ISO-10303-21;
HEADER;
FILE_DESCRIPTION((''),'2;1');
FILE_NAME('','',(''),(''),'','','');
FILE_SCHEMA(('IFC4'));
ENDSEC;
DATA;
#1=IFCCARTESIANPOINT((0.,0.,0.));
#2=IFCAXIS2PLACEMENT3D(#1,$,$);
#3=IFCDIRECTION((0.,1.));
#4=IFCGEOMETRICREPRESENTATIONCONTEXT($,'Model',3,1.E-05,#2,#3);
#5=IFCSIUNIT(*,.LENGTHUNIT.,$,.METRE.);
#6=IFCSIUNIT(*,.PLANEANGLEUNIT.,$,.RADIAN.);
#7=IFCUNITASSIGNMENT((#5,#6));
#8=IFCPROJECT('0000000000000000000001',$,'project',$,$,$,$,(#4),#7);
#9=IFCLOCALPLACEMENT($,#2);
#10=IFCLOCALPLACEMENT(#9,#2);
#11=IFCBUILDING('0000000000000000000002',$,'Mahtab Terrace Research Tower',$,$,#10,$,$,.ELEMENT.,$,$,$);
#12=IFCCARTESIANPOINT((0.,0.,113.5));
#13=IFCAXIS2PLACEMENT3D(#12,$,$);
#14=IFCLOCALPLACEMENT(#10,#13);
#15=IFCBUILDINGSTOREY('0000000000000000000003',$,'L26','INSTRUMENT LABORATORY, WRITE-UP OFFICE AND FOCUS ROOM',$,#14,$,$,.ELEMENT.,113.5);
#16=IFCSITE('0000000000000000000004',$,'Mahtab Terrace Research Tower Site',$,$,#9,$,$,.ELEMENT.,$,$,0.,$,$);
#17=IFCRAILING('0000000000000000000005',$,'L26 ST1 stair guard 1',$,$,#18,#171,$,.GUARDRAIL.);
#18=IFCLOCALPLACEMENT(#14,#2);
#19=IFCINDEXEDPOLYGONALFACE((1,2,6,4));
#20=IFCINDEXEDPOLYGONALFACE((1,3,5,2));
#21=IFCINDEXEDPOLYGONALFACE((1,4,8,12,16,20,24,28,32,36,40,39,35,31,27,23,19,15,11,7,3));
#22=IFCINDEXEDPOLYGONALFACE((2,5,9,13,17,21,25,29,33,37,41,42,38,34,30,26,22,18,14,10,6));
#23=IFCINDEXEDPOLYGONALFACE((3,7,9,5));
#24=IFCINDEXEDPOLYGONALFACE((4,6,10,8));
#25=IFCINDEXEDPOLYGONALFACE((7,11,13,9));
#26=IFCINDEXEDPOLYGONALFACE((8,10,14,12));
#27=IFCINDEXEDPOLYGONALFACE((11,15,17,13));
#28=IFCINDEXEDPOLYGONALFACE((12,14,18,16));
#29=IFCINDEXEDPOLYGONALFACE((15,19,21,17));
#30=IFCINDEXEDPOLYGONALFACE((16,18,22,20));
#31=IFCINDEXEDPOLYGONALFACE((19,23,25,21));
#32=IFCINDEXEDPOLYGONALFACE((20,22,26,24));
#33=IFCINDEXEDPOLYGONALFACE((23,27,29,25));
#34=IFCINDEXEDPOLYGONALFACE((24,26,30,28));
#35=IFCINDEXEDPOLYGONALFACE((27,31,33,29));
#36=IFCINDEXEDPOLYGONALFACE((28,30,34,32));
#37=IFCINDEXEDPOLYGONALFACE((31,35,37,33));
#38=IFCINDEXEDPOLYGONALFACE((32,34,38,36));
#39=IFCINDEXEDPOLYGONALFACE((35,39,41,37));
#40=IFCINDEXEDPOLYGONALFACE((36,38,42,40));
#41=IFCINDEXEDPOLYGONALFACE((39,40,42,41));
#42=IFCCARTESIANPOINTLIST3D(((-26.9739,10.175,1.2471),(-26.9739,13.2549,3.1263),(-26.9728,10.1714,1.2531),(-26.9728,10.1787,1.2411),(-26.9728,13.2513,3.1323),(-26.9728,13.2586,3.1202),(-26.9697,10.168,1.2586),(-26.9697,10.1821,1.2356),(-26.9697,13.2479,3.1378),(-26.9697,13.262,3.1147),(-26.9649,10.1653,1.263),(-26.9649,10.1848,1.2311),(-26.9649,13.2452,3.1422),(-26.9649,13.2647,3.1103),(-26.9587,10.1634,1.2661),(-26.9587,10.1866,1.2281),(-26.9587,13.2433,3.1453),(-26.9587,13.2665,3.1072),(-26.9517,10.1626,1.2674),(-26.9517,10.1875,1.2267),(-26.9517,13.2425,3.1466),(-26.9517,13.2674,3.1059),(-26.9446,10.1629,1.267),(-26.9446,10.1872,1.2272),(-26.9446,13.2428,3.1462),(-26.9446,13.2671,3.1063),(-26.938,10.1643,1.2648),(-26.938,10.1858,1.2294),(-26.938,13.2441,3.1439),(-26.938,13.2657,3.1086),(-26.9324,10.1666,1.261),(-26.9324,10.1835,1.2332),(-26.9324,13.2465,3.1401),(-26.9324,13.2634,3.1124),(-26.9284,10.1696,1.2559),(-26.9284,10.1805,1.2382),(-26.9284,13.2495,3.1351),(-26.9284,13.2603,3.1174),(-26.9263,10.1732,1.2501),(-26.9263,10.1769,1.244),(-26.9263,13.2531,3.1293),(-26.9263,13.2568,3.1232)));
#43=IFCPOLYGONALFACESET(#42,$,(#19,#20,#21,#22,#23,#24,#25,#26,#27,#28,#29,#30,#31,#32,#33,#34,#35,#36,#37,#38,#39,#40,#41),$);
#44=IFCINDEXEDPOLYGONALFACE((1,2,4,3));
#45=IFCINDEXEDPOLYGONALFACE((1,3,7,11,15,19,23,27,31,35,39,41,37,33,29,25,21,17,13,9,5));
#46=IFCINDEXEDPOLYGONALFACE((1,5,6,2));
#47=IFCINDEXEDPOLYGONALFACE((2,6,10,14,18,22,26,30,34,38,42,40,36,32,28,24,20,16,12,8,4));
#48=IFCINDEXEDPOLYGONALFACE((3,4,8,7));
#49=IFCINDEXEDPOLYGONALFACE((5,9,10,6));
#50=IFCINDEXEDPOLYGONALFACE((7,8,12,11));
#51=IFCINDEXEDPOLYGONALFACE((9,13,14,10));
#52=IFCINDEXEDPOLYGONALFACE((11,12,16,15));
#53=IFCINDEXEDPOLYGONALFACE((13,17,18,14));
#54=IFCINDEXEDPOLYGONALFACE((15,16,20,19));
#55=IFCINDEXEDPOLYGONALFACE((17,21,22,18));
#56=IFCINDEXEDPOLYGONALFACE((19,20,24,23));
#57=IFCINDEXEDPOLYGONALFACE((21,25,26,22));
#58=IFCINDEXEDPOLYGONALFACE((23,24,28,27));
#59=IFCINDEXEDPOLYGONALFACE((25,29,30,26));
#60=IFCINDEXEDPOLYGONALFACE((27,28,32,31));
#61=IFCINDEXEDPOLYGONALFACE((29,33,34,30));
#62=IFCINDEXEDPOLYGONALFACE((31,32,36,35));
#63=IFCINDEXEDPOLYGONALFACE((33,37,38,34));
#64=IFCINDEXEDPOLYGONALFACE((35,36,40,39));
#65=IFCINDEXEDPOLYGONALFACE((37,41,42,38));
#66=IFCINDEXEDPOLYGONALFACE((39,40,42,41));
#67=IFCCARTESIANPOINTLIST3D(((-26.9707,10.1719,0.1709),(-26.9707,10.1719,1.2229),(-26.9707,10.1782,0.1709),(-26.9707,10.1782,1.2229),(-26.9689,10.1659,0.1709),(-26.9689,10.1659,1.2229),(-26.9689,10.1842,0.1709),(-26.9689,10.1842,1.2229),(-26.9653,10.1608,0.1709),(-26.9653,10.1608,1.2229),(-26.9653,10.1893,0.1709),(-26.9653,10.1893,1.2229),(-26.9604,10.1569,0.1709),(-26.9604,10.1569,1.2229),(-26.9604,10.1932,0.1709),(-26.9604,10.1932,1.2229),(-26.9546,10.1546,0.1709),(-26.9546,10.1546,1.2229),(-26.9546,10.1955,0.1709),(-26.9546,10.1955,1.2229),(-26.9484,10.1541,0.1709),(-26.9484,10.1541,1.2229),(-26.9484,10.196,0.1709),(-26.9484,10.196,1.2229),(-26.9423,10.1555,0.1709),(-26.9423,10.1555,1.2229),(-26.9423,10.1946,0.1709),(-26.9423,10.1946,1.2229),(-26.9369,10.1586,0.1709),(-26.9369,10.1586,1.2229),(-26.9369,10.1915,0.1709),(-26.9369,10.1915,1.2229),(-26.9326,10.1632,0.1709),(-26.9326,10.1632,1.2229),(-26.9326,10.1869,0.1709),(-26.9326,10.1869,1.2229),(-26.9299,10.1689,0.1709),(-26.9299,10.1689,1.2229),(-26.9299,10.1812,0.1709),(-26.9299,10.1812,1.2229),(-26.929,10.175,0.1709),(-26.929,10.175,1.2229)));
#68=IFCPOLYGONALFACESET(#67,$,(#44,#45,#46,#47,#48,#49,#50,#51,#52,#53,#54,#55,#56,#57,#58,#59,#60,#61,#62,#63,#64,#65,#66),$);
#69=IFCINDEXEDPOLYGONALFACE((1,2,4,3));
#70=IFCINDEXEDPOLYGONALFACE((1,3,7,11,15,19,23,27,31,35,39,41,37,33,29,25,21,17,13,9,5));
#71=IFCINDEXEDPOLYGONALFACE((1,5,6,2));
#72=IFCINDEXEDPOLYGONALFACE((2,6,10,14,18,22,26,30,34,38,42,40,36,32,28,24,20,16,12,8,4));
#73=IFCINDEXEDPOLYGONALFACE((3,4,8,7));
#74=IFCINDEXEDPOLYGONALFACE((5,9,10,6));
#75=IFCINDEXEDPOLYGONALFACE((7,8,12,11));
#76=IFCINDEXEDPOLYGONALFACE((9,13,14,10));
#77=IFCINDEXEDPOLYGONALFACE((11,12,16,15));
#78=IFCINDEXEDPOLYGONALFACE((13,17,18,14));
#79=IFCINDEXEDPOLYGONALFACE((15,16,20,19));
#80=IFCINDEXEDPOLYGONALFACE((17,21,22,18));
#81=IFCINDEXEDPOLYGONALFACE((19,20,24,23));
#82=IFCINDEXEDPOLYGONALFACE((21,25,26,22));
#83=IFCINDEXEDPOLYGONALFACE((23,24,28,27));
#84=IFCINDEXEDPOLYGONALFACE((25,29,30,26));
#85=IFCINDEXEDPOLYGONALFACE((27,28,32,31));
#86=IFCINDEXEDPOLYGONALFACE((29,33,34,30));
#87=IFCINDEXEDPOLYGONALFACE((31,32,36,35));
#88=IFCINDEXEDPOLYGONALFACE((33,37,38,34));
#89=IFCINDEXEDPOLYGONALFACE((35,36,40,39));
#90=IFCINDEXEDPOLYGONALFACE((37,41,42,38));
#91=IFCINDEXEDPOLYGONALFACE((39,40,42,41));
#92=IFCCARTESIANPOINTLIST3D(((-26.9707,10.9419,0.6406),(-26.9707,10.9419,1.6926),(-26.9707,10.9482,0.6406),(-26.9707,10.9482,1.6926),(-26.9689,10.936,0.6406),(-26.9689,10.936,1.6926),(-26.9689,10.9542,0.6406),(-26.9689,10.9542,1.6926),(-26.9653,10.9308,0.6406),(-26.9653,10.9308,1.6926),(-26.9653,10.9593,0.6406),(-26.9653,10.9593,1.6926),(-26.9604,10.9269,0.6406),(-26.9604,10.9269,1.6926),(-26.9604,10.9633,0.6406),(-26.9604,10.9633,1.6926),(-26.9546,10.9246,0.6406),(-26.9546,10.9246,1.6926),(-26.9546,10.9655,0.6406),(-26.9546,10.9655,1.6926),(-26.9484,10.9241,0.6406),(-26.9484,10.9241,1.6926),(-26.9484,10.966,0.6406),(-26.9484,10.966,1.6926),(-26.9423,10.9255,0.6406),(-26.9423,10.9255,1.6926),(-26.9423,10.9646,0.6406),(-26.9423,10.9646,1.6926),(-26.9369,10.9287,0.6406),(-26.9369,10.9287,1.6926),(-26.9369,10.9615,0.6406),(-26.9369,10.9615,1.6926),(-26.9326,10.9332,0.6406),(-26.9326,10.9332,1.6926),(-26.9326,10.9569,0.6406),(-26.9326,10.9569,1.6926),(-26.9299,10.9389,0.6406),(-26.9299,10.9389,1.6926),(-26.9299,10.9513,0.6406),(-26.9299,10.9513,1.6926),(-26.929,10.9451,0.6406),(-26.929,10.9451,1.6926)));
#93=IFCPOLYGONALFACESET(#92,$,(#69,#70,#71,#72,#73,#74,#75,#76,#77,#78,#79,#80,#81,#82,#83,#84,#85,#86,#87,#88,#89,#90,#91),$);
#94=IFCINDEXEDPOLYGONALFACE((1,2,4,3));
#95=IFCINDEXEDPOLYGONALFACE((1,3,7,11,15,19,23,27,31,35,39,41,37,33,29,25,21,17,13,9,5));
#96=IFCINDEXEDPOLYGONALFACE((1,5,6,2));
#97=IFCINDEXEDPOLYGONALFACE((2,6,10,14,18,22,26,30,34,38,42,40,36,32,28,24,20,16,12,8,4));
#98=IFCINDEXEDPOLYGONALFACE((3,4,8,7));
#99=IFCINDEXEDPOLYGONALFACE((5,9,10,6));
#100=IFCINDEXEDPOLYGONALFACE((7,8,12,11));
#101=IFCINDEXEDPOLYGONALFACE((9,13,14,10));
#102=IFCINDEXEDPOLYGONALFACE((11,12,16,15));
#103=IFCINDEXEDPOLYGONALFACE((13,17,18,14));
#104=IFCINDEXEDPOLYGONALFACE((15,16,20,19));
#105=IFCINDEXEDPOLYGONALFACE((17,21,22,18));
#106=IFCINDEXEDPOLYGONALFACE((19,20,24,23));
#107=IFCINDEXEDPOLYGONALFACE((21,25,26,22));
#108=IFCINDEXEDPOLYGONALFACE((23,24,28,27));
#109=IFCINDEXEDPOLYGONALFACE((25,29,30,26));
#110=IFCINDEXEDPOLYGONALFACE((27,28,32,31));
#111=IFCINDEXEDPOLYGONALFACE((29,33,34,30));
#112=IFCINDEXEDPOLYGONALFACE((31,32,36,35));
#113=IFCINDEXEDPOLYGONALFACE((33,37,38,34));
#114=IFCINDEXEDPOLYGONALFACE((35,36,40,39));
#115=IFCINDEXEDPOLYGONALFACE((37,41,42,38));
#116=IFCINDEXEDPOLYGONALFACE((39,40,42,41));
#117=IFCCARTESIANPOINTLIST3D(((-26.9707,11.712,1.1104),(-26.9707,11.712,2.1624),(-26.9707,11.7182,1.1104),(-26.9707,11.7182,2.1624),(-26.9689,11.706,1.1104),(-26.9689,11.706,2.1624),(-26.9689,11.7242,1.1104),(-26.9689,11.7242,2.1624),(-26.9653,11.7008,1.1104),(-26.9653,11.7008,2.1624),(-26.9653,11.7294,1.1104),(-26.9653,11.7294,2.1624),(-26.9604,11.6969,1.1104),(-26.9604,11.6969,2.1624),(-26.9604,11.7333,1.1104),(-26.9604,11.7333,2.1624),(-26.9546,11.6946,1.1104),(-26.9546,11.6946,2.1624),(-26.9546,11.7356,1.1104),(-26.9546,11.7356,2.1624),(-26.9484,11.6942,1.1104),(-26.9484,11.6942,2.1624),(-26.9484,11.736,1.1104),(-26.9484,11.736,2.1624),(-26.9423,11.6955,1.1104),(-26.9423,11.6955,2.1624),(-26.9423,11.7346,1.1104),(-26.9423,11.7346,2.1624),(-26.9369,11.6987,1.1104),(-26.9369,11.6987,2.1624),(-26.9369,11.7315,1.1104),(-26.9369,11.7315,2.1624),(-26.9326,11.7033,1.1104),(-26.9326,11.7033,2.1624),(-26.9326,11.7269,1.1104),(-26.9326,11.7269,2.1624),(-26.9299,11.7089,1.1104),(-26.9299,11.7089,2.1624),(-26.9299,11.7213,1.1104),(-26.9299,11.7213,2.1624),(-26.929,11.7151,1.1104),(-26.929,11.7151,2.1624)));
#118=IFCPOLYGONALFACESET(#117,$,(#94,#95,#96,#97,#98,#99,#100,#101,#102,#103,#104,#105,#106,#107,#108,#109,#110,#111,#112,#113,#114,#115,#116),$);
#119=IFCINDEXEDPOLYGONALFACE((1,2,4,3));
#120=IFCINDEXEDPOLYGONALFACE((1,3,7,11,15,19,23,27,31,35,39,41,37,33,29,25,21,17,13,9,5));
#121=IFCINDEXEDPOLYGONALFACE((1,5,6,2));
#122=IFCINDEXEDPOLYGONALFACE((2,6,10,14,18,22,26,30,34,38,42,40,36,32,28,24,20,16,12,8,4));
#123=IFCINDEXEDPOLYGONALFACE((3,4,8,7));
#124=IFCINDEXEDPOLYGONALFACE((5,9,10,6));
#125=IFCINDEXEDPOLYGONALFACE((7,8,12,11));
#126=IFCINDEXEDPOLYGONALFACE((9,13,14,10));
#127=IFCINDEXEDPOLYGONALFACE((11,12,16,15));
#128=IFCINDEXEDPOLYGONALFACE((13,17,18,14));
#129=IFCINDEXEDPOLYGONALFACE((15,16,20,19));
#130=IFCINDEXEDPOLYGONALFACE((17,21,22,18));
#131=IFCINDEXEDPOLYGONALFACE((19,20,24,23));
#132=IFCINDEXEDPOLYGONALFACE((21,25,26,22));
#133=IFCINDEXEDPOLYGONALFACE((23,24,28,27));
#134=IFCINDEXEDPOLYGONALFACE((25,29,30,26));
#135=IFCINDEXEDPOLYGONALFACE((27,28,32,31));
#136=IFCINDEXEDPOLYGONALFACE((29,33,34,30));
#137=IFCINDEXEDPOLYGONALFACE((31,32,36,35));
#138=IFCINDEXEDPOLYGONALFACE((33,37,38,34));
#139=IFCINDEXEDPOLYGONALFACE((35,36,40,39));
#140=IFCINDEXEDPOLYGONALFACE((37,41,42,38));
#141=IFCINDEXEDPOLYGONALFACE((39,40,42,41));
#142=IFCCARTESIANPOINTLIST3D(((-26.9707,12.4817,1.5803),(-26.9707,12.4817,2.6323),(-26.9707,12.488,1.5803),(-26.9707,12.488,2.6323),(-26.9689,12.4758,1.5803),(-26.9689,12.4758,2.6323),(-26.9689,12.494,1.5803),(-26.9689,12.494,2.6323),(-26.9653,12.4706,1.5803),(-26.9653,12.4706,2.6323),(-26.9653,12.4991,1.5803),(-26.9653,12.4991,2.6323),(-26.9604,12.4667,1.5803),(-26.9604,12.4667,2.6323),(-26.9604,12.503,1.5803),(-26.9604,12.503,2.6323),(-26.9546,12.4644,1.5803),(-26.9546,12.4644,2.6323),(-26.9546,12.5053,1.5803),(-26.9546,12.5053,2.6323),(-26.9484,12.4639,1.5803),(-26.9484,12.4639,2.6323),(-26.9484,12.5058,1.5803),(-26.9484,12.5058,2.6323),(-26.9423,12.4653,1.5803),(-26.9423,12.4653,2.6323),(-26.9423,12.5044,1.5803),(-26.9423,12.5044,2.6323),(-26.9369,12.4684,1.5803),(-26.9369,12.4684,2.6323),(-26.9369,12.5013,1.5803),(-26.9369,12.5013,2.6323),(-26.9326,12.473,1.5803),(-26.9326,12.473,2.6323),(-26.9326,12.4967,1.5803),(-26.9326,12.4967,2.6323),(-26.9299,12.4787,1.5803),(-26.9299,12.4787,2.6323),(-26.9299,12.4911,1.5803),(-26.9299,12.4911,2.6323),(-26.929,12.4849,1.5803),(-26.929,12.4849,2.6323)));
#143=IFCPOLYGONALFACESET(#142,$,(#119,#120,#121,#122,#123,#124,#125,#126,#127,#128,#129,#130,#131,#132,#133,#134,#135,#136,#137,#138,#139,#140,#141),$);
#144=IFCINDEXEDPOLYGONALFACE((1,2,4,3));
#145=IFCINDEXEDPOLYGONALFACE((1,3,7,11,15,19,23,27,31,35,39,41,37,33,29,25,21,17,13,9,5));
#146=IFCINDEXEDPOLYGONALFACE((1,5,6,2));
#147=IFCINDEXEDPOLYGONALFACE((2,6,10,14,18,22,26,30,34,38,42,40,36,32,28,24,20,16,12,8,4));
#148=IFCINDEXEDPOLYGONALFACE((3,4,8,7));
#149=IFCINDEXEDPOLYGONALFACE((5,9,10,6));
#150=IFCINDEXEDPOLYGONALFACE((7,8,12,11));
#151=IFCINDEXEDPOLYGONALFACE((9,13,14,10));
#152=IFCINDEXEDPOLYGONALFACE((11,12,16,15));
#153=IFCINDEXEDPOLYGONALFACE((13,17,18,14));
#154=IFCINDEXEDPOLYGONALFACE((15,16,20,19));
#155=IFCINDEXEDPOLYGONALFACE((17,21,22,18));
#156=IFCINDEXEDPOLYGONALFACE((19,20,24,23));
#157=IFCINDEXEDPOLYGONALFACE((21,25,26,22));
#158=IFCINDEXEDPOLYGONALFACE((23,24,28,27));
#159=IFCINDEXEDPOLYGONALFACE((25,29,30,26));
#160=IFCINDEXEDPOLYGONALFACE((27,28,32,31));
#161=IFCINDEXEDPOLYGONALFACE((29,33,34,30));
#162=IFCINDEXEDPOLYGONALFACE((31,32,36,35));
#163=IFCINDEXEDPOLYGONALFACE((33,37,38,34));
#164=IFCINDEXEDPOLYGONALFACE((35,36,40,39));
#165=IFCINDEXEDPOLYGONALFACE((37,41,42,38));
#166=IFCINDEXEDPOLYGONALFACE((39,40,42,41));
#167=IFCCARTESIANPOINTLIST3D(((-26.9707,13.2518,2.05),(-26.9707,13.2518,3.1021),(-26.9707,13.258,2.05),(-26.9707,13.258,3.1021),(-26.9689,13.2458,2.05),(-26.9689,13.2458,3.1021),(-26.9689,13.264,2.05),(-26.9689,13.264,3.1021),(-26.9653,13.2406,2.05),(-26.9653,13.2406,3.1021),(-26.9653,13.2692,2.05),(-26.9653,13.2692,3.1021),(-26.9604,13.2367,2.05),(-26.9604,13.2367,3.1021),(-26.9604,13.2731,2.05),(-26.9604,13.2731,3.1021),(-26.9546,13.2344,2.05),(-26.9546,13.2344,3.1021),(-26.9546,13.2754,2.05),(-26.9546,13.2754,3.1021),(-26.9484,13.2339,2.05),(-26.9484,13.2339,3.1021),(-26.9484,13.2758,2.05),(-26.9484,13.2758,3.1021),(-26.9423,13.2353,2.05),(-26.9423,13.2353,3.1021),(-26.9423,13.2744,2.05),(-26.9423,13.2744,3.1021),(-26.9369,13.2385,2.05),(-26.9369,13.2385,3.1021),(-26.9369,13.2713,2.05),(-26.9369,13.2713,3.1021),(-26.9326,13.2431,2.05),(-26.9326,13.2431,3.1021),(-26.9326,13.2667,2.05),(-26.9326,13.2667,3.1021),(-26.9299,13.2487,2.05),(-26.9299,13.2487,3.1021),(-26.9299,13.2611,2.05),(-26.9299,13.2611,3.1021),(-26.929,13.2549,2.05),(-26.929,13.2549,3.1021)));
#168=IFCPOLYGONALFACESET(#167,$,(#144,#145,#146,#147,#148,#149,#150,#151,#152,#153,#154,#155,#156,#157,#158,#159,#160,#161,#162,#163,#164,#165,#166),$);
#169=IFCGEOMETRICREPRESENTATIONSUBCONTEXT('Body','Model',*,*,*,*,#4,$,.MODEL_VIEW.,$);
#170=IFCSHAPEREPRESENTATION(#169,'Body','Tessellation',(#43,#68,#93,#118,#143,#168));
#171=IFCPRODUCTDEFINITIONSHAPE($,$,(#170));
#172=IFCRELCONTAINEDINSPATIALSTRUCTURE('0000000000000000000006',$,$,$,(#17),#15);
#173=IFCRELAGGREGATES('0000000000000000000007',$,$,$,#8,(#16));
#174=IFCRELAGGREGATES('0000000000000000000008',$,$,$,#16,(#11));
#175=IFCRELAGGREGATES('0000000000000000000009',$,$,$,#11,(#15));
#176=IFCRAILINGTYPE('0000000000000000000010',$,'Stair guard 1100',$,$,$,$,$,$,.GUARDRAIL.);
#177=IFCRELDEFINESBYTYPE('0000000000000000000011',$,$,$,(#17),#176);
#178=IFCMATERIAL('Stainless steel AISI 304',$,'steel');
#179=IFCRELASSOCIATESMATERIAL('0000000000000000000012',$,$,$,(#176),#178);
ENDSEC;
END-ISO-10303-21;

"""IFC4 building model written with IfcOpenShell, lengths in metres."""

from ifc_helpers import new_model, si_unit, direction, frame, origin, origin_2d, place, context, subcontext, project, spatial, circle, extrude, material, type_object, element, save


model = new_model("IFC4")

# Units and contexts
model_context = context("Model", 3, precision=1e-05, world=origin(), true_north=direction((0.0, 1.0)))
body_context = subcontext(model_context, "Body", "Model", "MODEL_VIEW")
ifc_project = project(units=[si_unit("LENGTHUNIT", "METRE"), si_unit("PLANEANGLEUNIT", "RADIAN")], contexts=[model_context])

# Site, building, storey
site_placement = place(None, origin())
site = spatial("IfcSite", under=ifc_project, at=site_placement, Name="Mahtab Terrace Research Tower Site", CompositionType="ELEMENT", RefElevation=0.0)
building_placement = place(site_placement, origin())
building = spatial("IfcBuilding", under=site, at=building_placement, Name="Mahtab Terrace Research Tower", CompositionType="ELEMENT")
storey_placement = place(building_placement, frame((0.0, 0.0, 113.5)))
storey = spatial("IfcBuildingStorey", under=building, at=storey_placement, Name="L26", Description="INSTRUMENT LABORATORY, WRITE-UP OFFICE AND FOCUS ROOM", CompositionType="ELEMENT", Elevation=113.5)

# Railing
ifc_material_1 = material(Name="Stainless steel AISI 304", Category="steel")
railing_type_1 = type_object("IfcRailingType", Name="Stair guard 1100", PredefinedType="GUARDRAIL", material=ifc_material_1)
railing_1_placement = place(storey_placement, frame((-26.95, 10.175, 0.1709)))
element("IfcRailing", 1, at=railing_1_placement, inside=storey, type_object=railing_type_1, Name="L26 ST1 stair guard 1", PredefinedType="GUARDRAIL", context=body_context, shape_type="SweptSolid", body=[
    extrude(circle(Radius=0.0239, at=origin_2d()), frame((0.0, 0.0, 1.0762), z_axis=(0.0, 0.853648, 0.52085), x_axis=(-1.0, 0.0, 0.0)), (0.0, 0.0, 1.0), 3.6079),
    extrude(circle(Radius=0.021, at=origin_2d()), origin(), (0.0, 0.0, 1.0), 1.052),
    extrude(circle(Radius=0.021, at=origin_2d()), frame((0.0, 0.77, 0.4697)), (0.0, 0.0, 1.0), 1.052),
    extrude(circle(Radius=0.021, at=origin_2d()), frame((0.0, 1.54, 0.9395)), (0.0, 0.0, 1.0), 1.052),
    extrude(circle(Radius=0.021, at=origin_2d()), frame((0.0, 2.3098, 1.4094)), (0.0, 0.0, 1.0), 1.052),
    extrude(circle(Radius=0.021, at=origin_2d()), frame((0.0, 3.0798, 1.8792)), (0.0, 0.0, 1.0), 1.052),
])

save(model, "model.ifc")
